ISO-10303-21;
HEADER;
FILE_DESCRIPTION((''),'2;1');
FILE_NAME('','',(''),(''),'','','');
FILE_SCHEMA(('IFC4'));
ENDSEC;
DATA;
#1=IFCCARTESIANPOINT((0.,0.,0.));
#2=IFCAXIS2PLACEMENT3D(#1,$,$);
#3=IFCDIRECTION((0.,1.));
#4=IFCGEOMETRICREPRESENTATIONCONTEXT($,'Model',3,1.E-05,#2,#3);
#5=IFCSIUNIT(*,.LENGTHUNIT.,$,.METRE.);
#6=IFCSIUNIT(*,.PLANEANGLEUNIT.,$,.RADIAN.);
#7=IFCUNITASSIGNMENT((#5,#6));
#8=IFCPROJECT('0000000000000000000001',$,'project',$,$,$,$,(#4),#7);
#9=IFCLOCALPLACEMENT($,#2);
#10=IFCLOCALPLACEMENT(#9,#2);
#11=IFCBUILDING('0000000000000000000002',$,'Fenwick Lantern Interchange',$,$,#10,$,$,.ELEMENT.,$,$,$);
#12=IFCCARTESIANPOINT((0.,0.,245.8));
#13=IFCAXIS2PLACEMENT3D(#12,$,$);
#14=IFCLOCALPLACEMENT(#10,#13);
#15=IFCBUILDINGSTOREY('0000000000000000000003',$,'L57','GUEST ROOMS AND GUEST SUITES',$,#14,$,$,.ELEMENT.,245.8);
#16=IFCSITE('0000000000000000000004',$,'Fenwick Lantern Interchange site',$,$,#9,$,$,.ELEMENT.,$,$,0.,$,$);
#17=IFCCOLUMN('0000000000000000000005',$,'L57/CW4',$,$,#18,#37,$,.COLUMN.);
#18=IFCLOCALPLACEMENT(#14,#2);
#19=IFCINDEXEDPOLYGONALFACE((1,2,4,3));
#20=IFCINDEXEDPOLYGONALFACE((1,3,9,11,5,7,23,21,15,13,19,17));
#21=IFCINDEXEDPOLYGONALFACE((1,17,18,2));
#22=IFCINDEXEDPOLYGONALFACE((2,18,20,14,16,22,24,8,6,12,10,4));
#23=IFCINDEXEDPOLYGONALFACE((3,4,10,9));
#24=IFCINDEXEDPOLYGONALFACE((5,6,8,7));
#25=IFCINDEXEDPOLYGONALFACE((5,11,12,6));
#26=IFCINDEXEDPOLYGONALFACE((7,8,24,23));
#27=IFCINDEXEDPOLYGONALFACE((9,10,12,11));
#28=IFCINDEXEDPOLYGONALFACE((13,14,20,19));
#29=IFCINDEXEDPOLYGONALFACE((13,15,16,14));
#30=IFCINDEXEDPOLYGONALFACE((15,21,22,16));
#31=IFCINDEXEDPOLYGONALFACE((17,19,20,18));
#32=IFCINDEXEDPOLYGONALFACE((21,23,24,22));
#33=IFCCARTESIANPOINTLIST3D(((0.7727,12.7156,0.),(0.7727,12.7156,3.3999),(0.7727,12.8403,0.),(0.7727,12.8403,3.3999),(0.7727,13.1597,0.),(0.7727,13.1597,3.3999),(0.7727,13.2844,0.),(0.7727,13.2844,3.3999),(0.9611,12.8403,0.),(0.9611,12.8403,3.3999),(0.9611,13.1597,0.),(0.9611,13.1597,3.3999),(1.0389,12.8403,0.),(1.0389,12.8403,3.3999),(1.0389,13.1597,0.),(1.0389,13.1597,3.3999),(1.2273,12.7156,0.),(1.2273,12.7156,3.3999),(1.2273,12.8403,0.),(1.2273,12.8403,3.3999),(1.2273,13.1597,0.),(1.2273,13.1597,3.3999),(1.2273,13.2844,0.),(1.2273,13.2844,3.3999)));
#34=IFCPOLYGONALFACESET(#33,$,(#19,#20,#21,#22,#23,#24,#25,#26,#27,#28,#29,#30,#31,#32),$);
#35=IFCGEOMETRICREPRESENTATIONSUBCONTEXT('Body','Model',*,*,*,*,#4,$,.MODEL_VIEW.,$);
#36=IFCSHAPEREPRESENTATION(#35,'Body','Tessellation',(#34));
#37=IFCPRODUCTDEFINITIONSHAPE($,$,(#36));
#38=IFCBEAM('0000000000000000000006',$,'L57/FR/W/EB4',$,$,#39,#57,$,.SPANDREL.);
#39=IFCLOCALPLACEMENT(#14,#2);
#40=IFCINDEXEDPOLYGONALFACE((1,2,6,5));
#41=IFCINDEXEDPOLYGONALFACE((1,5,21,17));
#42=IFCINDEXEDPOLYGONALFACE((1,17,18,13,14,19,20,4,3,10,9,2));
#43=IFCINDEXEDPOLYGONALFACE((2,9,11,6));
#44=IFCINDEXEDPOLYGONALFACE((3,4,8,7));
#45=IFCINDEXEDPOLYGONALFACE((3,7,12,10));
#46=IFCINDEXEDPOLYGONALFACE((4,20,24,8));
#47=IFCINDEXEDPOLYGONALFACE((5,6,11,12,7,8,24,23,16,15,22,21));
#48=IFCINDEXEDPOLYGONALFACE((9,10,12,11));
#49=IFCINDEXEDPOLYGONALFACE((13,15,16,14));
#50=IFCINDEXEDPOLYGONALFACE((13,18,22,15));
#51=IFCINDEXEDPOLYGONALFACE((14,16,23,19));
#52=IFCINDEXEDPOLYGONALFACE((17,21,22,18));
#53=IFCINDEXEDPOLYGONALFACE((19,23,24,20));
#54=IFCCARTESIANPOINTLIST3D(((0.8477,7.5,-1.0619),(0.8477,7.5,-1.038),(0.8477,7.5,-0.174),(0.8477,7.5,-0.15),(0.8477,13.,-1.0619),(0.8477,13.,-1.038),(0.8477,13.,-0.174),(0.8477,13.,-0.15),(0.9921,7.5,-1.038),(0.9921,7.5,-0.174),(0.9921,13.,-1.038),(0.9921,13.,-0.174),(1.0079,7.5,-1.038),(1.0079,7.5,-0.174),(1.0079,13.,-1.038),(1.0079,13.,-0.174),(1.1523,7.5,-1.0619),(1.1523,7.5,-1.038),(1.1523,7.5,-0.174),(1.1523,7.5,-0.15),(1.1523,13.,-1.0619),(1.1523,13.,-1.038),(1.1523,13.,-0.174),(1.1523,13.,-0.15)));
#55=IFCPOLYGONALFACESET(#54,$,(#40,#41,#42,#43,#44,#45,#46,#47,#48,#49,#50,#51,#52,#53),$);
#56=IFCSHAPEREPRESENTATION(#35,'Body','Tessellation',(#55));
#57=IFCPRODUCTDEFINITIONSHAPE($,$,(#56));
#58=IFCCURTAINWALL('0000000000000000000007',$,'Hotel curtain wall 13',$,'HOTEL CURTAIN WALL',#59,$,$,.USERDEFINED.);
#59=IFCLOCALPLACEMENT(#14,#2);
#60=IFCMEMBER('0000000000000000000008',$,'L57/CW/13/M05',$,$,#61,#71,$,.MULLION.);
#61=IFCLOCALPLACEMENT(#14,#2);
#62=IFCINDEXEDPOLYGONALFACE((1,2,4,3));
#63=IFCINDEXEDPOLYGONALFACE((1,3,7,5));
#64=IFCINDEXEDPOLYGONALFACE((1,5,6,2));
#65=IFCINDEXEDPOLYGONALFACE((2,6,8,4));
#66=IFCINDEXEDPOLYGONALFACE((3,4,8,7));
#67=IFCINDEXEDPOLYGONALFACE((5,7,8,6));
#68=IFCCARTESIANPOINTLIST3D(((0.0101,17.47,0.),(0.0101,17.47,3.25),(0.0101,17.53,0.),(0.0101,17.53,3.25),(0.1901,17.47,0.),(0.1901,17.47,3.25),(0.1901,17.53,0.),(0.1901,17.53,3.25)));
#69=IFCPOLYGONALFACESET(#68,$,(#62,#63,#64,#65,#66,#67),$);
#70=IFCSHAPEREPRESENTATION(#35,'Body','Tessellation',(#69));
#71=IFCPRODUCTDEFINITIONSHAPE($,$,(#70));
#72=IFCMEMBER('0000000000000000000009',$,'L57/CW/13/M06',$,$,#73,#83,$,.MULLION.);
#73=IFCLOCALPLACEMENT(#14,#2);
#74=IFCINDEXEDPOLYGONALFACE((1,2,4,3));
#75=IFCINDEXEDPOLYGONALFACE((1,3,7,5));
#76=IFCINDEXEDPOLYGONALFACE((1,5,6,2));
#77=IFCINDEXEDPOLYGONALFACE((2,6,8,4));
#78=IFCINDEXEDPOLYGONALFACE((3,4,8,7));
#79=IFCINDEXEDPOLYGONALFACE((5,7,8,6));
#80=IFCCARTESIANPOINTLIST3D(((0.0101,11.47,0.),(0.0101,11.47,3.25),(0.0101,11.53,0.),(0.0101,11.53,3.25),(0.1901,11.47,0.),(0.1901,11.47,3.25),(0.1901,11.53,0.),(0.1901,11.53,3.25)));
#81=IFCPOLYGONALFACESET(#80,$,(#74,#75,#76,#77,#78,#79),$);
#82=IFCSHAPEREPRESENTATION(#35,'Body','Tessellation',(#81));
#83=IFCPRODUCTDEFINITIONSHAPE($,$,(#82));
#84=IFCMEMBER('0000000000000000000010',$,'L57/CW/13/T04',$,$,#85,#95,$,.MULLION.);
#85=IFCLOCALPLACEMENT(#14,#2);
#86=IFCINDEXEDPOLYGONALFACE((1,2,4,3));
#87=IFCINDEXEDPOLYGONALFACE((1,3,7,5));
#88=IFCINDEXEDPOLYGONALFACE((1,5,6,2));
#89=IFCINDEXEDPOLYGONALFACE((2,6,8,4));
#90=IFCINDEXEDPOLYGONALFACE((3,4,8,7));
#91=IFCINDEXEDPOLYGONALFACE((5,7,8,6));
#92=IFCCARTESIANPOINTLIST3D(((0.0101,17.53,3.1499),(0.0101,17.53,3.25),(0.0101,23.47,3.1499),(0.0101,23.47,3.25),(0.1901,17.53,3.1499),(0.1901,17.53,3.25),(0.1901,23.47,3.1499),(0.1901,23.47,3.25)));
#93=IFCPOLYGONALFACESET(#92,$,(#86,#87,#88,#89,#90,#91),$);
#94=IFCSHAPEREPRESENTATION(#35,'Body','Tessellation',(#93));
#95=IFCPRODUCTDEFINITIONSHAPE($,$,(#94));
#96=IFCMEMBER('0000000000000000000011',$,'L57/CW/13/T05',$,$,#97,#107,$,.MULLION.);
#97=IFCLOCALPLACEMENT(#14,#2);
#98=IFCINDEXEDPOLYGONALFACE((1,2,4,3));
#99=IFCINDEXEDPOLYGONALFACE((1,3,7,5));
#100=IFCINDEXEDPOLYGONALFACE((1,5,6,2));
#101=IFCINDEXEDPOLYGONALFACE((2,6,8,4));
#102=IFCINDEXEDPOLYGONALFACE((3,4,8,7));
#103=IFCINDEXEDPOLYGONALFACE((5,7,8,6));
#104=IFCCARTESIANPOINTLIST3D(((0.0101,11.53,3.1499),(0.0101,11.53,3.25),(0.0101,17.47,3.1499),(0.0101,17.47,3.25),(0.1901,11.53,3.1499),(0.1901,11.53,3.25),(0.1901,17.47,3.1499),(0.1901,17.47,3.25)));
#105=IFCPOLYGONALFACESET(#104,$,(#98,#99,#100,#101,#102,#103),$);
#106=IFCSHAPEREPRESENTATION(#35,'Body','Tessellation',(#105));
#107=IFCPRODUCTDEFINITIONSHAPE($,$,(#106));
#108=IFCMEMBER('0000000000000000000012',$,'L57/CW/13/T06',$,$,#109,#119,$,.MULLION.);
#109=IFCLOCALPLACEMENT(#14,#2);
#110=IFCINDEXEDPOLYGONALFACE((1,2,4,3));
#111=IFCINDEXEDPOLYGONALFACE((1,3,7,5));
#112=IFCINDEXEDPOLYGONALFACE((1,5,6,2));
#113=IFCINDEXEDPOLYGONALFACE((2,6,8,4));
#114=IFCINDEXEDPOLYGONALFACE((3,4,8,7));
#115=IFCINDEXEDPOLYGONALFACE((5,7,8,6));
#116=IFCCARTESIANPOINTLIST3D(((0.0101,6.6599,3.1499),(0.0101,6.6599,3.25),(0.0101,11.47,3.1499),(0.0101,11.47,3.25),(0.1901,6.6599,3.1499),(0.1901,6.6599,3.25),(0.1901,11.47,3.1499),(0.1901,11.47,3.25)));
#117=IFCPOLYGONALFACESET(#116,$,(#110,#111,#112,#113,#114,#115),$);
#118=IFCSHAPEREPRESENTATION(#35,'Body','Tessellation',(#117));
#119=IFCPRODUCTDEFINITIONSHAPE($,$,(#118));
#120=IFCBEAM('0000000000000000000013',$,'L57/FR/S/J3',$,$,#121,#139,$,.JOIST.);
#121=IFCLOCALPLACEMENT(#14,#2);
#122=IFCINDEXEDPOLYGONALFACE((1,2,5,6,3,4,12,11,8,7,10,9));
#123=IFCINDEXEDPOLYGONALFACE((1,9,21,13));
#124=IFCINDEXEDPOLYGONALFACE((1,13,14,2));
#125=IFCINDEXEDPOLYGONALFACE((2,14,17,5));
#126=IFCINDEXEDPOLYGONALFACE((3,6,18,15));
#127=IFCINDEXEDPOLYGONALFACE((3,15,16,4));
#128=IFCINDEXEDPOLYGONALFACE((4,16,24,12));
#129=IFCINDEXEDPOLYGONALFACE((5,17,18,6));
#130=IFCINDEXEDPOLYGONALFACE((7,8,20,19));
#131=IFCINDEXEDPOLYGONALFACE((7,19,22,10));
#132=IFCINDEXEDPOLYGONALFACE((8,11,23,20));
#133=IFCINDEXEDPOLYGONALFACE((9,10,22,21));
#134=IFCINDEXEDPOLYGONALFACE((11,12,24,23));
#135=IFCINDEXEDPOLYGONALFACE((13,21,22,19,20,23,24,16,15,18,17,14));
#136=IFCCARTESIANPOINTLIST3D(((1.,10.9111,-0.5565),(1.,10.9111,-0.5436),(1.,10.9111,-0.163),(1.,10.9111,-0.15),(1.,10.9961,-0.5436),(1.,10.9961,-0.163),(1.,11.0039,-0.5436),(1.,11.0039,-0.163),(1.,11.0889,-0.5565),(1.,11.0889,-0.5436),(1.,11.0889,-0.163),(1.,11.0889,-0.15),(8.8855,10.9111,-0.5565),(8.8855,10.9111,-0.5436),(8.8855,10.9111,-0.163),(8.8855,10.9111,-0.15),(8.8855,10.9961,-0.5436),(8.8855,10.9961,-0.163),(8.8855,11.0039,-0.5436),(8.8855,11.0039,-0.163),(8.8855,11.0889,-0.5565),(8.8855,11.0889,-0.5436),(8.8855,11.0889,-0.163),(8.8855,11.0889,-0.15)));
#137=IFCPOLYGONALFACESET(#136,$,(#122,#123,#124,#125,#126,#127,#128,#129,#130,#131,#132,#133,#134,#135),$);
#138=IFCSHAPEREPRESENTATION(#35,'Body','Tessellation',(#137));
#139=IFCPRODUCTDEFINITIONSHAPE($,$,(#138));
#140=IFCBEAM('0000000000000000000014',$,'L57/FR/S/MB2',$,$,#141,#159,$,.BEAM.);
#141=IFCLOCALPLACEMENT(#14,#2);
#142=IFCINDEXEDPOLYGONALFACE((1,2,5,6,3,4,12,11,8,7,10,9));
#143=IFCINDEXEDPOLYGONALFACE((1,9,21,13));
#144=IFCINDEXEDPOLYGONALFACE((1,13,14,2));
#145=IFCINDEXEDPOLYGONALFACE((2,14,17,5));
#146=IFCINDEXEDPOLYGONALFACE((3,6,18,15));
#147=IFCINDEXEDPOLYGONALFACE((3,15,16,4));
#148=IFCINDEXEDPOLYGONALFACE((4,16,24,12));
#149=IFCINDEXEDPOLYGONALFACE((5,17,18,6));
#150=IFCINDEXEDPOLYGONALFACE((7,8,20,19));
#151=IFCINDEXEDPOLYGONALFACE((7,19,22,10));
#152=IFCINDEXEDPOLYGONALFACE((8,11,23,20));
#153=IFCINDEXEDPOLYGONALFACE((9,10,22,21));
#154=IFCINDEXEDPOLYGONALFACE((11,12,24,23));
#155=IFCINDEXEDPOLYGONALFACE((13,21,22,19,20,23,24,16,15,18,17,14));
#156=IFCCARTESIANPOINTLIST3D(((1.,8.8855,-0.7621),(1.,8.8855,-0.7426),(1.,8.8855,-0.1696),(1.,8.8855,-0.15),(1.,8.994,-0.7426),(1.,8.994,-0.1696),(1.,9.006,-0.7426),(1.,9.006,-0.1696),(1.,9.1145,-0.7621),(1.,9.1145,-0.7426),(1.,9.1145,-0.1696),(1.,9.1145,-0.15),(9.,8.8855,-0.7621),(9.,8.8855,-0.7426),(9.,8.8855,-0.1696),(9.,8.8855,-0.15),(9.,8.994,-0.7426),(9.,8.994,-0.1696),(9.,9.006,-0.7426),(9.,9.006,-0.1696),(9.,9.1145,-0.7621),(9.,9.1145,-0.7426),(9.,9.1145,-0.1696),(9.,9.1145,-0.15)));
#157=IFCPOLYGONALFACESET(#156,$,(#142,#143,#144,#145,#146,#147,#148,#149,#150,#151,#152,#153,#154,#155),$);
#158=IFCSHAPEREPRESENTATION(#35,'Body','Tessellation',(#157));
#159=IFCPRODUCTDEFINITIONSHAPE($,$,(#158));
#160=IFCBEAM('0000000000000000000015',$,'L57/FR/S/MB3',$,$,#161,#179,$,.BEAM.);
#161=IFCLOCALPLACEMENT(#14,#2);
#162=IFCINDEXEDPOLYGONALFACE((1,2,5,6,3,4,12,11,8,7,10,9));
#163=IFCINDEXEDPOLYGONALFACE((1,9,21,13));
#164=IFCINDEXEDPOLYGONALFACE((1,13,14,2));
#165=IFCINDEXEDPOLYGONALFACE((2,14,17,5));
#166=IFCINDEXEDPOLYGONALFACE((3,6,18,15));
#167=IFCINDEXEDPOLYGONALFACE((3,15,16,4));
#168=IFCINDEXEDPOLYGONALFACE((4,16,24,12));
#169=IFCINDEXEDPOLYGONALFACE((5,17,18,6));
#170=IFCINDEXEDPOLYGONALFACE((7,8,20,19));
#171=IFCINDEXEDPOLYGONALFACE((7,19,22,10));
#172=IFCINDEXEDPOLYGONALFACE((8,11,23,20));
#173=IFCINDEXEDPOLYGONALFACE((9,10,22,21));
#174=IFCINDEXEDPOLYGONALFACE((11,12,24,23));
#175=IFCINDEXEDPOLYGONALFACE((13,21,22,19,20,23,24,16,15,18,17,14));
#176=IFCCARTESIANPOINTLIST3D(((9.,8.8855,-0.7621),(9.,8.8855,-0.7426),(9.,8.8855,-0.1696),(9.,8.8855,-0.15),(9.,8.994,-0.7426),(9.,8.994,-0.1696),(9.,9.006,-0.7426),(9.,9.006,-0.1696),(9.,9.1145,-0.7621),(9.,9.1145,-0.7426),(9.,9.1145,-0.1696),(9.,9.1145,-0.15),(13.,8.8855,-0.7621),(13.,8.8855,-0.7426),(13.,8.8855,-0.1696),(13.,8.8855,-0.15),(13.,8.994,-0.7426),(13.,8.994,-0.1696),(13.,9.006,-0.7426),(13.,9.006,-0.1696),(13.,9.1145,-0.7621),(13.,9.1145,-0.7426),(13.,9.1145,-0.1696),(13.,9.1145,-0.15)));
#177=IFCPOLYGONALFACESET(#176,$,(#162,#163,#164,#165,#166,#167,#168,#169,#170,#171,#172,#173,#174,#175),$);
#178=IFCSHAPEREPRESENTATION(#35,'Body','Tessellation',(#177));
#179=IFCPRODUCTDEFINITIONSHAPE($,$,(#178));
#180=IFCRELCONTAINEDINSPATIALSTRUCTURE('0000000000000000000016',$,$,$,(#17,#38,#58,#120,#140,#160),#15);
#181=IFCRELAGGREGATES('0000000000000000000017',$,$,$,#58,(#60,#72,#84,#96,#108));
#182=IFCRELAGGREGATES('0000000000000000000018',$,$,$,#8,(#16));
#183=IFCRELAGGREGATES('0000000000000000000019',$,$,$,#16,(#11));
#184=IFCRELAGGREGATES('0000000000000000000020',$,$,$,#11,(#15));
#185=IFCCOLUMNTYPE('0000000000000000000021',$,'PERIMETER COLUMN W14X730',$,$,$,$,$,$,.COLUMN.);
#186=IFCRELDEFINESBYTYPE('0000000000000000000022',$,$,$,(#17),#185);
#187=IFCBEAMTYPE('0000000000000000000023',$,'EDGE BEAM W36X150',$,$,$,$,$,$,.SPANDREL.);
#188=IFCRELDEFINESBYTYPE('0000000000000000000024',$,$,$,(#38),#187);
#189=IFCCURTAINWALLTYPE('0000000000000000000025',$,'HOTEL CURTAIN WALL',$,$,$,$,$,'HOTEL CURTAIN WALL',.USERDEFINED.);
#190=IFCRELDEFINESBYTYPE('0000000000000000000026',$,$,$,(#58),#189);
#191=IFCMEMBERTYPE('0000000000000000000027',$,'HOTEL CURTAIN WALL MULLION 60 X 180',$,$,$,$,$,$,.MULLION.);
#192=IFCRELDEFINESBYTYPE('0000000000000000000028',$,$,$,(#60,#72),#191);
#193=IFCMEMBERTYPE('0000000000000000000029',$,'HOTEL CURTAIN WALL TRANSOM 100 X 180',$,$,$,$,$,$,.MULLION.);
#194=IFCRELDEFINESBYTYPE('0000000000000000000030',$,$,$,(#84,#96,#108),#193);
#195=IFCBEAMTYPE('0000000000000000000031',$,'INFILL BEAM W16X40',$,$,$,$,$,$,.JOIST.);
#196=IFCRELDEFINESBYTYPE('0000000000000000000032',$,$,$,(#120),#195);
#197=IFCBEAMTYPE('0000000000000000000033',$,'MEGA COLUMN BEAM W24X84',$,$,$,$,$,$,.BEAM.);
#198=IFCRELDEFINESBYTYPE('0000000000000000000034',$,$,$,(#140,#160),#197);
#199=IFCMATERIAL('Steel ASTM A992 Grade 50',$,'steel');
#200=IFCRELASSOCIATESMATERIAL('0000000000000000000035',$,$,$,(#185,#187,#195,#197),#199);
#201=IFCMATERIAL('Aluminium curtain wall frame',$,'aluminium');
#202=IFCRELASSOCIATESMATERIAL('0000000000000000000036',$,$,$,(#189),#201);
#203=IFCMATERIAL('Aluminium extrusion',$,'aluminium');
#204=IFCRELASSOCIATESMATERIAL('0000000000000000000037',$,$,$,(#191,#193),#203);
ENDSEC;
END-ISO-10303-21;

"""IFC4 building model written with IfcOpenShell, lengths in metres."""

from ifc_helpers import new_model, si_unit, direction, frame, origin, origin_2d, place, context, subcontext, project, spatial, rectangle, i_section, extrude, material, material_profile, profile_set, type_object, element, aggregate, save


model = new_model("IFC4")

# Units and contexts
model_context = context("Model", 3, precision=1e-05, world=origin(), true_north=direction((0.0, 1.0)))
body_context = subcontext(model_context, "Body", "Model", "MODEL_VIEW")
ifc_project = project(units=[si_unit("LENGTHUNIT", "METRE"), si_unit("PLANEANGLEUNIT", "RADIAN")], contexts=[model_context])

# Site, building, storey
site_placement = place(None, origin())
site = spatial("IfcSite", under=ifc_project, at=site_placement, Name="Fenwick Lantern Interchange site", CompositionType="ELEMENT", RefElevation=0.0)
building_placement = place(site_placement, origin())
building = spatial("IfcBuilding", under=site, at=building_placement, Name="Fenwick Lantern Interchange", CompositionType="ELEMENT")
storey_placement = place(building_placement, frame((0.0, 0.0, 245.8)))
storey = spatial("IfcBuildingStorey", under=building, at=storey_placement, Name="L57", Description="GUEST ROOMS AND GUEST SUITES", CompositionType="ELEMENT", Elevation=245.8)

# Column
ifc_material_1 = material(Name="Steel ASTM A992 Grade 50", Category="steel")
ifc_material_profile_1 = material_profile(ifc_material_1, i_section(OverallWidth=0.4546, OverallDepth=0.5688, WebThickness=0.0779, FlangeThickness=0.1248, at=origin_2d()), Name="W14X730")
ifc_profile_set_1 = profile_set([ifc_material_profile_1], Name="Steel ASTM A992 Grade 50")
column_type = type_object("IfcColumnType", Name="PERIMETER COLUMN W14X730", PredefinedType="COLUMN", material=ifc_profile_set_1)
column_placement = place(storey_placement, frame((1.0, 13.0, 0.0), z_axis=(0.0, 0.0, 1.0), x_axis=(1.0, 0.0, 0.0)))
element("IfcColumn", 1, at=column_placement, inside=storey, type_object=column_type, Name="L57/CW4", PredefinedType="COLUMN", context=body_context, shape_type="SweptSolid", body=[
    extrude(i_section(OverallWidth=0.4546, OverallDepth=0.5688, WebThickness=0.0779, FlangeThickness=0.1248, at=origin_2d()), origin(), (0.0, 0.0, 1.0), 3.3999),
])

# Beam
ifc_material_profile_2 = material_profile(ifc_material_1, i_section(OverallWidth=0.3047, OverallDepth=0.9119, WebThickness=0.0159, FlangeThickness=0.0239, at=origin_2d()), Name="W36X150")
ifc_profile_set_2 = profile_set([ifc_material_profile_2], Name="Steel ASTM A992 Grade 50")
beam_type_1 = type_object("IfcBeamType", Name="EDGE BEAM W36X150", PredefinedType="SPANDREL", material=ifc_profile_set_2)
beam_1_placement = place(storey_placement, frame((1.0, 13.0, -0.606), z_axis=(0.0, -1.0, 0.0), x_axis=(1.0, 0.0, 0.0)))
element("IfcBeam", 2, at=beam_1_placement, inside=storey, type_object=beam_type_1, Name="L57/FR/W/EB4", PredefinedType="SPANDREL", context=body_context, shape_type="SweptSolid", body=[
    extrude(i_section(OverallWidth=0.3047, OverallDepth=0.9119, WebThickness=0.0159, FlangeThickness=0.0239, at=origin_2d()), origin(), (0.0, 0.0, 1.0), 5.5),
])

# Curtain wall, members
ifc_material_2 = material(Name="Aluminium curtain wall frame", Category="aluminium")
curtain_wall_type = type_object("IfcCurtainWallType", Name="HOTEL CURTAIN WALL", ElementType="HOTEL CURTAIN WALL", PredefinedType="USERDEFINED", material=ifc_material_2)
curtain_wall_placement = place(storey_placement, origin())
curtain_wall = element("IfcCurtainWall", 3, at=curtain_wall_placement, inside=storey, type_object=curtain_wall_type, Name="Hotel curtain wall 13", ObjectType="HOTEL CURTAIN WALL", PredefinedType="USERDEFINED")
ifc_material_3 = material(Name="Aluminium extrusion", Category="aluminium")
ifc_material_profile_3 = material_profile(ifc_material_3, rectangle(XDim=0.1799, YDim=0.0601, at=origin_2d()), Name="HOTEL CURTAIN WALL MULLION 60 X 180")
ifc_profile_set_3 = profile_set([ifc_material_profile_3], Name="Aluminium extrusion")
member_type_1 = type_object("IfcMemberType", Name="HOTEL CURTAIN WALL MULLION 60 X 180", PredefinedType="MULLION", material=ifc_profile_set_3)
member_1_placement = place(storey_placement, frame((0.1001, 17.5, 0.0), z_axis=(0.0, 0.0, 1.0), x_axis=(1.0, 0.0, 0.0)))
member_1 = element("IfcMember", 4, at=member_1_placement, type_object=member_type_1, Name="L57/CW/13/M05", PredefinedType="MULLION", context=body_context, shape_type="SweptSolid", body=[
    extrude(rectangle(XDim=0.1799, YDim=0.0601, at=origin_2d()), origin(), (0.0, 0.0, 1.0), 3.25),
])
member_2_placement = place(storey_placement, frame((0.1001, 11.5, 0.0), z_axis=(0.0, 0.0, 1.0), x_axis=(1.0, 0.0, 0.0)))
member_2 = element("IfcMember", 5, at=member_2_placement, type_object=member_type_1, Name="L57/CW/13/M06", PredefinedType="MULLION", context=body_context, shape_type="SweptSolid", body=[
    extrude(rectangle(XDim=0.1799, YDim=0.0601, at=origin_2d()), origin(), (0.0, 0.0, 1.0), 3.25),
])
ifc_material_profile_4 = material_profile(ifc_material_3, rectangle(XDim=0.1799, YDim=0.1001, at=origin_2d()), Name="HOTEL CURTAIN WALL TRANSOM 100 X 180")
ifc_profile_set_4 = profile_set([ifc_material_profile_4], Name="Aluminium extrusion")
member_type_2 = type_object("IfcMemberType", Name="HOTEL CURTAIN WALL TRANSOM 100 X 180", PredefinedType="MULLION", material=ifc_profile_set_4)
member_3_placement = place(storey_placement, frame((0.1001, 23.47, 3.2), z_axis=(0.0, -1.0, 0.0), x_axis=(1.0, 0.0, 0.0)))
member_3 = element("IfcMember", 6, at=member_3_placement, type_object=member_type_2, Name="L57/CW/13/T04", PredefinedType="MULLION", context=body_context, shape_type="SweptSolid", body=[
    extrude(rectangle(XDim=0.1799, YDim=0.1001, at=origin_2d()), origin(), (0.0, 0.0, 1.0), 5.9399),
])
member_4_placement = place(storey_placement, frame((0.1001, 17.47, 3.2), z_axis=(0.0, -1.0, 0.0), x_axis=(1.0, 0.0, 0.0)))
member_4 = element("IfcMember", 7, at=member_4_placement, type_object=member_type_2, Name="L57/CW/13/T05", PredefinedType="MULLION", context=body_context, shape_type="SweptSolid", body=[
    extrude(rectangle(XDim=0.1799, YDim=0.1001, at=origin_2d()), origin(), (0.0, 0.0, 1.0), 5.9399),
])
member_5_placement = place(storey_placement, frame((0.1001, 11.47, 3.2), z_axis=(0.0, -1.0, 0.0), x_axis=(1.0, 0.0, 0.0)))
member_5 = element("IfcMember", 8, at=member_5_placement, type_object=member_type_2, Name="L57/CW/13/T06", PredefinedType="MULLION", context=body_context, shape_type="SweptSolid", body=[
    extrude(rectangle(XDim=0.1799, YDim=0.1001, at=origin_2d()), origin(), (0.0, 0.0, 1.0), 4.8101),
])
aggregate(curtain_wall, [member_1, member_2, member_3, member_4, member_5])

# Beams
ifc_material_profile_5 = material_profile(ifc_material_1, i_section(OverallWidth=0.1777, OverallDepth=0.4065, WebThickness=0.0078, FlangeThickness=0.0129, at=origin_2d()), Name="W16X40")
ifc_profile_set_5 = profile_set([ifc_material_profile_5], Name="Steel ASTM A992 Grade 50")
beam_type_2 = type_object("IfcBeamType", Name="INFILL BEAM W16X40", PredefinedType="JOIST", material=ifc_profile_set_5)
beam_2_placement = place(storey_placement, frame((1.0, 11.0, -0.3533), z_axis=(1.0, 0.0, 0.0), x_axis=(0.0, 1.0, 0.0)))
element("IfcBeam", 9, at=beam_2_placement, inside=storey, type_object=beam_type_2, Name="L57/FR/S/J3", PredefinedType="JOIST", context=body_context, shape_type="SweptSolid", body=[
    extrude(i_section(OverallWidth=0.1777, OverallDepth=0.4065, WebThickness=0.0078, FlangeThickness=0.0129, at=origin_2d()), origin(), (0.0, 0.0, 1.0), 7.8855),
])
ifc_material_profile_6 = material_profile(ifc_material_1, i_section(OverallWidth=0.229, OverallDepth=0.6121, WebThickness=0.012, FlangeThickness=0.0195, at=origin_2d()), Name="W24X84")
ifc_profile_set_6 = profile_set([ifc_material_profile_6], Name="Steel ASTM A992 Grade 50")
beam_type_3 = type_object("IfcBeamType", Name="MEGA COLUMN BEAM W24X84", PredefinedType="BEAM", material=ifc_profile_set_6)
beam_3_placement = place(storey_placement, frame((9.0, 9.0, -0.4561), z_axis=(-1.0, 0.0, 0.0), x_axis=(0.0, -1.0, 0.0)))
element("IfcBeam", 10, at=beam_3_placement, inside=storey, type_object=beam_type_3, Name="L57/FR/S/MB2", PredefinedType="BEAM", context=body_context, shape_type="SweptSolid", body=[
    extrude(i_section(OverallWidth=0.229, OverallDepth=0.6121, WebThickness=0.012, FlangeThickness=0.0195, at=origin_2d()), origin(), (0.0, 0.0, 1.0), 8.0),
])
for number, where, z_axis, x_axis, name in (
    (11, (9.0, 9.0, -0.4561), (1.0, 0.0, 0.0), (0.0, 1.0, 0.0), "L57/FR/S/MB3"),
):
    element("IfcBeam", number, at=place(storey_placement, frame(where, z_axis=z_axis, x_axis=x_axis)), inside=storey, type_object=beam_type_3, Name=name, PredefinedType="BEAM", context=body_context, shape_type="SweptSolid", body=[
        extrude(i_section(OverallWidth=0.229, OverallDepth=0.6121, WebThickness=0.012, FlangeThickness=0.0195, at=origin_2d()), origin(), (0.0, 0.0, 1.0), 4.0),
    ])

save(model, "model.ifc")
